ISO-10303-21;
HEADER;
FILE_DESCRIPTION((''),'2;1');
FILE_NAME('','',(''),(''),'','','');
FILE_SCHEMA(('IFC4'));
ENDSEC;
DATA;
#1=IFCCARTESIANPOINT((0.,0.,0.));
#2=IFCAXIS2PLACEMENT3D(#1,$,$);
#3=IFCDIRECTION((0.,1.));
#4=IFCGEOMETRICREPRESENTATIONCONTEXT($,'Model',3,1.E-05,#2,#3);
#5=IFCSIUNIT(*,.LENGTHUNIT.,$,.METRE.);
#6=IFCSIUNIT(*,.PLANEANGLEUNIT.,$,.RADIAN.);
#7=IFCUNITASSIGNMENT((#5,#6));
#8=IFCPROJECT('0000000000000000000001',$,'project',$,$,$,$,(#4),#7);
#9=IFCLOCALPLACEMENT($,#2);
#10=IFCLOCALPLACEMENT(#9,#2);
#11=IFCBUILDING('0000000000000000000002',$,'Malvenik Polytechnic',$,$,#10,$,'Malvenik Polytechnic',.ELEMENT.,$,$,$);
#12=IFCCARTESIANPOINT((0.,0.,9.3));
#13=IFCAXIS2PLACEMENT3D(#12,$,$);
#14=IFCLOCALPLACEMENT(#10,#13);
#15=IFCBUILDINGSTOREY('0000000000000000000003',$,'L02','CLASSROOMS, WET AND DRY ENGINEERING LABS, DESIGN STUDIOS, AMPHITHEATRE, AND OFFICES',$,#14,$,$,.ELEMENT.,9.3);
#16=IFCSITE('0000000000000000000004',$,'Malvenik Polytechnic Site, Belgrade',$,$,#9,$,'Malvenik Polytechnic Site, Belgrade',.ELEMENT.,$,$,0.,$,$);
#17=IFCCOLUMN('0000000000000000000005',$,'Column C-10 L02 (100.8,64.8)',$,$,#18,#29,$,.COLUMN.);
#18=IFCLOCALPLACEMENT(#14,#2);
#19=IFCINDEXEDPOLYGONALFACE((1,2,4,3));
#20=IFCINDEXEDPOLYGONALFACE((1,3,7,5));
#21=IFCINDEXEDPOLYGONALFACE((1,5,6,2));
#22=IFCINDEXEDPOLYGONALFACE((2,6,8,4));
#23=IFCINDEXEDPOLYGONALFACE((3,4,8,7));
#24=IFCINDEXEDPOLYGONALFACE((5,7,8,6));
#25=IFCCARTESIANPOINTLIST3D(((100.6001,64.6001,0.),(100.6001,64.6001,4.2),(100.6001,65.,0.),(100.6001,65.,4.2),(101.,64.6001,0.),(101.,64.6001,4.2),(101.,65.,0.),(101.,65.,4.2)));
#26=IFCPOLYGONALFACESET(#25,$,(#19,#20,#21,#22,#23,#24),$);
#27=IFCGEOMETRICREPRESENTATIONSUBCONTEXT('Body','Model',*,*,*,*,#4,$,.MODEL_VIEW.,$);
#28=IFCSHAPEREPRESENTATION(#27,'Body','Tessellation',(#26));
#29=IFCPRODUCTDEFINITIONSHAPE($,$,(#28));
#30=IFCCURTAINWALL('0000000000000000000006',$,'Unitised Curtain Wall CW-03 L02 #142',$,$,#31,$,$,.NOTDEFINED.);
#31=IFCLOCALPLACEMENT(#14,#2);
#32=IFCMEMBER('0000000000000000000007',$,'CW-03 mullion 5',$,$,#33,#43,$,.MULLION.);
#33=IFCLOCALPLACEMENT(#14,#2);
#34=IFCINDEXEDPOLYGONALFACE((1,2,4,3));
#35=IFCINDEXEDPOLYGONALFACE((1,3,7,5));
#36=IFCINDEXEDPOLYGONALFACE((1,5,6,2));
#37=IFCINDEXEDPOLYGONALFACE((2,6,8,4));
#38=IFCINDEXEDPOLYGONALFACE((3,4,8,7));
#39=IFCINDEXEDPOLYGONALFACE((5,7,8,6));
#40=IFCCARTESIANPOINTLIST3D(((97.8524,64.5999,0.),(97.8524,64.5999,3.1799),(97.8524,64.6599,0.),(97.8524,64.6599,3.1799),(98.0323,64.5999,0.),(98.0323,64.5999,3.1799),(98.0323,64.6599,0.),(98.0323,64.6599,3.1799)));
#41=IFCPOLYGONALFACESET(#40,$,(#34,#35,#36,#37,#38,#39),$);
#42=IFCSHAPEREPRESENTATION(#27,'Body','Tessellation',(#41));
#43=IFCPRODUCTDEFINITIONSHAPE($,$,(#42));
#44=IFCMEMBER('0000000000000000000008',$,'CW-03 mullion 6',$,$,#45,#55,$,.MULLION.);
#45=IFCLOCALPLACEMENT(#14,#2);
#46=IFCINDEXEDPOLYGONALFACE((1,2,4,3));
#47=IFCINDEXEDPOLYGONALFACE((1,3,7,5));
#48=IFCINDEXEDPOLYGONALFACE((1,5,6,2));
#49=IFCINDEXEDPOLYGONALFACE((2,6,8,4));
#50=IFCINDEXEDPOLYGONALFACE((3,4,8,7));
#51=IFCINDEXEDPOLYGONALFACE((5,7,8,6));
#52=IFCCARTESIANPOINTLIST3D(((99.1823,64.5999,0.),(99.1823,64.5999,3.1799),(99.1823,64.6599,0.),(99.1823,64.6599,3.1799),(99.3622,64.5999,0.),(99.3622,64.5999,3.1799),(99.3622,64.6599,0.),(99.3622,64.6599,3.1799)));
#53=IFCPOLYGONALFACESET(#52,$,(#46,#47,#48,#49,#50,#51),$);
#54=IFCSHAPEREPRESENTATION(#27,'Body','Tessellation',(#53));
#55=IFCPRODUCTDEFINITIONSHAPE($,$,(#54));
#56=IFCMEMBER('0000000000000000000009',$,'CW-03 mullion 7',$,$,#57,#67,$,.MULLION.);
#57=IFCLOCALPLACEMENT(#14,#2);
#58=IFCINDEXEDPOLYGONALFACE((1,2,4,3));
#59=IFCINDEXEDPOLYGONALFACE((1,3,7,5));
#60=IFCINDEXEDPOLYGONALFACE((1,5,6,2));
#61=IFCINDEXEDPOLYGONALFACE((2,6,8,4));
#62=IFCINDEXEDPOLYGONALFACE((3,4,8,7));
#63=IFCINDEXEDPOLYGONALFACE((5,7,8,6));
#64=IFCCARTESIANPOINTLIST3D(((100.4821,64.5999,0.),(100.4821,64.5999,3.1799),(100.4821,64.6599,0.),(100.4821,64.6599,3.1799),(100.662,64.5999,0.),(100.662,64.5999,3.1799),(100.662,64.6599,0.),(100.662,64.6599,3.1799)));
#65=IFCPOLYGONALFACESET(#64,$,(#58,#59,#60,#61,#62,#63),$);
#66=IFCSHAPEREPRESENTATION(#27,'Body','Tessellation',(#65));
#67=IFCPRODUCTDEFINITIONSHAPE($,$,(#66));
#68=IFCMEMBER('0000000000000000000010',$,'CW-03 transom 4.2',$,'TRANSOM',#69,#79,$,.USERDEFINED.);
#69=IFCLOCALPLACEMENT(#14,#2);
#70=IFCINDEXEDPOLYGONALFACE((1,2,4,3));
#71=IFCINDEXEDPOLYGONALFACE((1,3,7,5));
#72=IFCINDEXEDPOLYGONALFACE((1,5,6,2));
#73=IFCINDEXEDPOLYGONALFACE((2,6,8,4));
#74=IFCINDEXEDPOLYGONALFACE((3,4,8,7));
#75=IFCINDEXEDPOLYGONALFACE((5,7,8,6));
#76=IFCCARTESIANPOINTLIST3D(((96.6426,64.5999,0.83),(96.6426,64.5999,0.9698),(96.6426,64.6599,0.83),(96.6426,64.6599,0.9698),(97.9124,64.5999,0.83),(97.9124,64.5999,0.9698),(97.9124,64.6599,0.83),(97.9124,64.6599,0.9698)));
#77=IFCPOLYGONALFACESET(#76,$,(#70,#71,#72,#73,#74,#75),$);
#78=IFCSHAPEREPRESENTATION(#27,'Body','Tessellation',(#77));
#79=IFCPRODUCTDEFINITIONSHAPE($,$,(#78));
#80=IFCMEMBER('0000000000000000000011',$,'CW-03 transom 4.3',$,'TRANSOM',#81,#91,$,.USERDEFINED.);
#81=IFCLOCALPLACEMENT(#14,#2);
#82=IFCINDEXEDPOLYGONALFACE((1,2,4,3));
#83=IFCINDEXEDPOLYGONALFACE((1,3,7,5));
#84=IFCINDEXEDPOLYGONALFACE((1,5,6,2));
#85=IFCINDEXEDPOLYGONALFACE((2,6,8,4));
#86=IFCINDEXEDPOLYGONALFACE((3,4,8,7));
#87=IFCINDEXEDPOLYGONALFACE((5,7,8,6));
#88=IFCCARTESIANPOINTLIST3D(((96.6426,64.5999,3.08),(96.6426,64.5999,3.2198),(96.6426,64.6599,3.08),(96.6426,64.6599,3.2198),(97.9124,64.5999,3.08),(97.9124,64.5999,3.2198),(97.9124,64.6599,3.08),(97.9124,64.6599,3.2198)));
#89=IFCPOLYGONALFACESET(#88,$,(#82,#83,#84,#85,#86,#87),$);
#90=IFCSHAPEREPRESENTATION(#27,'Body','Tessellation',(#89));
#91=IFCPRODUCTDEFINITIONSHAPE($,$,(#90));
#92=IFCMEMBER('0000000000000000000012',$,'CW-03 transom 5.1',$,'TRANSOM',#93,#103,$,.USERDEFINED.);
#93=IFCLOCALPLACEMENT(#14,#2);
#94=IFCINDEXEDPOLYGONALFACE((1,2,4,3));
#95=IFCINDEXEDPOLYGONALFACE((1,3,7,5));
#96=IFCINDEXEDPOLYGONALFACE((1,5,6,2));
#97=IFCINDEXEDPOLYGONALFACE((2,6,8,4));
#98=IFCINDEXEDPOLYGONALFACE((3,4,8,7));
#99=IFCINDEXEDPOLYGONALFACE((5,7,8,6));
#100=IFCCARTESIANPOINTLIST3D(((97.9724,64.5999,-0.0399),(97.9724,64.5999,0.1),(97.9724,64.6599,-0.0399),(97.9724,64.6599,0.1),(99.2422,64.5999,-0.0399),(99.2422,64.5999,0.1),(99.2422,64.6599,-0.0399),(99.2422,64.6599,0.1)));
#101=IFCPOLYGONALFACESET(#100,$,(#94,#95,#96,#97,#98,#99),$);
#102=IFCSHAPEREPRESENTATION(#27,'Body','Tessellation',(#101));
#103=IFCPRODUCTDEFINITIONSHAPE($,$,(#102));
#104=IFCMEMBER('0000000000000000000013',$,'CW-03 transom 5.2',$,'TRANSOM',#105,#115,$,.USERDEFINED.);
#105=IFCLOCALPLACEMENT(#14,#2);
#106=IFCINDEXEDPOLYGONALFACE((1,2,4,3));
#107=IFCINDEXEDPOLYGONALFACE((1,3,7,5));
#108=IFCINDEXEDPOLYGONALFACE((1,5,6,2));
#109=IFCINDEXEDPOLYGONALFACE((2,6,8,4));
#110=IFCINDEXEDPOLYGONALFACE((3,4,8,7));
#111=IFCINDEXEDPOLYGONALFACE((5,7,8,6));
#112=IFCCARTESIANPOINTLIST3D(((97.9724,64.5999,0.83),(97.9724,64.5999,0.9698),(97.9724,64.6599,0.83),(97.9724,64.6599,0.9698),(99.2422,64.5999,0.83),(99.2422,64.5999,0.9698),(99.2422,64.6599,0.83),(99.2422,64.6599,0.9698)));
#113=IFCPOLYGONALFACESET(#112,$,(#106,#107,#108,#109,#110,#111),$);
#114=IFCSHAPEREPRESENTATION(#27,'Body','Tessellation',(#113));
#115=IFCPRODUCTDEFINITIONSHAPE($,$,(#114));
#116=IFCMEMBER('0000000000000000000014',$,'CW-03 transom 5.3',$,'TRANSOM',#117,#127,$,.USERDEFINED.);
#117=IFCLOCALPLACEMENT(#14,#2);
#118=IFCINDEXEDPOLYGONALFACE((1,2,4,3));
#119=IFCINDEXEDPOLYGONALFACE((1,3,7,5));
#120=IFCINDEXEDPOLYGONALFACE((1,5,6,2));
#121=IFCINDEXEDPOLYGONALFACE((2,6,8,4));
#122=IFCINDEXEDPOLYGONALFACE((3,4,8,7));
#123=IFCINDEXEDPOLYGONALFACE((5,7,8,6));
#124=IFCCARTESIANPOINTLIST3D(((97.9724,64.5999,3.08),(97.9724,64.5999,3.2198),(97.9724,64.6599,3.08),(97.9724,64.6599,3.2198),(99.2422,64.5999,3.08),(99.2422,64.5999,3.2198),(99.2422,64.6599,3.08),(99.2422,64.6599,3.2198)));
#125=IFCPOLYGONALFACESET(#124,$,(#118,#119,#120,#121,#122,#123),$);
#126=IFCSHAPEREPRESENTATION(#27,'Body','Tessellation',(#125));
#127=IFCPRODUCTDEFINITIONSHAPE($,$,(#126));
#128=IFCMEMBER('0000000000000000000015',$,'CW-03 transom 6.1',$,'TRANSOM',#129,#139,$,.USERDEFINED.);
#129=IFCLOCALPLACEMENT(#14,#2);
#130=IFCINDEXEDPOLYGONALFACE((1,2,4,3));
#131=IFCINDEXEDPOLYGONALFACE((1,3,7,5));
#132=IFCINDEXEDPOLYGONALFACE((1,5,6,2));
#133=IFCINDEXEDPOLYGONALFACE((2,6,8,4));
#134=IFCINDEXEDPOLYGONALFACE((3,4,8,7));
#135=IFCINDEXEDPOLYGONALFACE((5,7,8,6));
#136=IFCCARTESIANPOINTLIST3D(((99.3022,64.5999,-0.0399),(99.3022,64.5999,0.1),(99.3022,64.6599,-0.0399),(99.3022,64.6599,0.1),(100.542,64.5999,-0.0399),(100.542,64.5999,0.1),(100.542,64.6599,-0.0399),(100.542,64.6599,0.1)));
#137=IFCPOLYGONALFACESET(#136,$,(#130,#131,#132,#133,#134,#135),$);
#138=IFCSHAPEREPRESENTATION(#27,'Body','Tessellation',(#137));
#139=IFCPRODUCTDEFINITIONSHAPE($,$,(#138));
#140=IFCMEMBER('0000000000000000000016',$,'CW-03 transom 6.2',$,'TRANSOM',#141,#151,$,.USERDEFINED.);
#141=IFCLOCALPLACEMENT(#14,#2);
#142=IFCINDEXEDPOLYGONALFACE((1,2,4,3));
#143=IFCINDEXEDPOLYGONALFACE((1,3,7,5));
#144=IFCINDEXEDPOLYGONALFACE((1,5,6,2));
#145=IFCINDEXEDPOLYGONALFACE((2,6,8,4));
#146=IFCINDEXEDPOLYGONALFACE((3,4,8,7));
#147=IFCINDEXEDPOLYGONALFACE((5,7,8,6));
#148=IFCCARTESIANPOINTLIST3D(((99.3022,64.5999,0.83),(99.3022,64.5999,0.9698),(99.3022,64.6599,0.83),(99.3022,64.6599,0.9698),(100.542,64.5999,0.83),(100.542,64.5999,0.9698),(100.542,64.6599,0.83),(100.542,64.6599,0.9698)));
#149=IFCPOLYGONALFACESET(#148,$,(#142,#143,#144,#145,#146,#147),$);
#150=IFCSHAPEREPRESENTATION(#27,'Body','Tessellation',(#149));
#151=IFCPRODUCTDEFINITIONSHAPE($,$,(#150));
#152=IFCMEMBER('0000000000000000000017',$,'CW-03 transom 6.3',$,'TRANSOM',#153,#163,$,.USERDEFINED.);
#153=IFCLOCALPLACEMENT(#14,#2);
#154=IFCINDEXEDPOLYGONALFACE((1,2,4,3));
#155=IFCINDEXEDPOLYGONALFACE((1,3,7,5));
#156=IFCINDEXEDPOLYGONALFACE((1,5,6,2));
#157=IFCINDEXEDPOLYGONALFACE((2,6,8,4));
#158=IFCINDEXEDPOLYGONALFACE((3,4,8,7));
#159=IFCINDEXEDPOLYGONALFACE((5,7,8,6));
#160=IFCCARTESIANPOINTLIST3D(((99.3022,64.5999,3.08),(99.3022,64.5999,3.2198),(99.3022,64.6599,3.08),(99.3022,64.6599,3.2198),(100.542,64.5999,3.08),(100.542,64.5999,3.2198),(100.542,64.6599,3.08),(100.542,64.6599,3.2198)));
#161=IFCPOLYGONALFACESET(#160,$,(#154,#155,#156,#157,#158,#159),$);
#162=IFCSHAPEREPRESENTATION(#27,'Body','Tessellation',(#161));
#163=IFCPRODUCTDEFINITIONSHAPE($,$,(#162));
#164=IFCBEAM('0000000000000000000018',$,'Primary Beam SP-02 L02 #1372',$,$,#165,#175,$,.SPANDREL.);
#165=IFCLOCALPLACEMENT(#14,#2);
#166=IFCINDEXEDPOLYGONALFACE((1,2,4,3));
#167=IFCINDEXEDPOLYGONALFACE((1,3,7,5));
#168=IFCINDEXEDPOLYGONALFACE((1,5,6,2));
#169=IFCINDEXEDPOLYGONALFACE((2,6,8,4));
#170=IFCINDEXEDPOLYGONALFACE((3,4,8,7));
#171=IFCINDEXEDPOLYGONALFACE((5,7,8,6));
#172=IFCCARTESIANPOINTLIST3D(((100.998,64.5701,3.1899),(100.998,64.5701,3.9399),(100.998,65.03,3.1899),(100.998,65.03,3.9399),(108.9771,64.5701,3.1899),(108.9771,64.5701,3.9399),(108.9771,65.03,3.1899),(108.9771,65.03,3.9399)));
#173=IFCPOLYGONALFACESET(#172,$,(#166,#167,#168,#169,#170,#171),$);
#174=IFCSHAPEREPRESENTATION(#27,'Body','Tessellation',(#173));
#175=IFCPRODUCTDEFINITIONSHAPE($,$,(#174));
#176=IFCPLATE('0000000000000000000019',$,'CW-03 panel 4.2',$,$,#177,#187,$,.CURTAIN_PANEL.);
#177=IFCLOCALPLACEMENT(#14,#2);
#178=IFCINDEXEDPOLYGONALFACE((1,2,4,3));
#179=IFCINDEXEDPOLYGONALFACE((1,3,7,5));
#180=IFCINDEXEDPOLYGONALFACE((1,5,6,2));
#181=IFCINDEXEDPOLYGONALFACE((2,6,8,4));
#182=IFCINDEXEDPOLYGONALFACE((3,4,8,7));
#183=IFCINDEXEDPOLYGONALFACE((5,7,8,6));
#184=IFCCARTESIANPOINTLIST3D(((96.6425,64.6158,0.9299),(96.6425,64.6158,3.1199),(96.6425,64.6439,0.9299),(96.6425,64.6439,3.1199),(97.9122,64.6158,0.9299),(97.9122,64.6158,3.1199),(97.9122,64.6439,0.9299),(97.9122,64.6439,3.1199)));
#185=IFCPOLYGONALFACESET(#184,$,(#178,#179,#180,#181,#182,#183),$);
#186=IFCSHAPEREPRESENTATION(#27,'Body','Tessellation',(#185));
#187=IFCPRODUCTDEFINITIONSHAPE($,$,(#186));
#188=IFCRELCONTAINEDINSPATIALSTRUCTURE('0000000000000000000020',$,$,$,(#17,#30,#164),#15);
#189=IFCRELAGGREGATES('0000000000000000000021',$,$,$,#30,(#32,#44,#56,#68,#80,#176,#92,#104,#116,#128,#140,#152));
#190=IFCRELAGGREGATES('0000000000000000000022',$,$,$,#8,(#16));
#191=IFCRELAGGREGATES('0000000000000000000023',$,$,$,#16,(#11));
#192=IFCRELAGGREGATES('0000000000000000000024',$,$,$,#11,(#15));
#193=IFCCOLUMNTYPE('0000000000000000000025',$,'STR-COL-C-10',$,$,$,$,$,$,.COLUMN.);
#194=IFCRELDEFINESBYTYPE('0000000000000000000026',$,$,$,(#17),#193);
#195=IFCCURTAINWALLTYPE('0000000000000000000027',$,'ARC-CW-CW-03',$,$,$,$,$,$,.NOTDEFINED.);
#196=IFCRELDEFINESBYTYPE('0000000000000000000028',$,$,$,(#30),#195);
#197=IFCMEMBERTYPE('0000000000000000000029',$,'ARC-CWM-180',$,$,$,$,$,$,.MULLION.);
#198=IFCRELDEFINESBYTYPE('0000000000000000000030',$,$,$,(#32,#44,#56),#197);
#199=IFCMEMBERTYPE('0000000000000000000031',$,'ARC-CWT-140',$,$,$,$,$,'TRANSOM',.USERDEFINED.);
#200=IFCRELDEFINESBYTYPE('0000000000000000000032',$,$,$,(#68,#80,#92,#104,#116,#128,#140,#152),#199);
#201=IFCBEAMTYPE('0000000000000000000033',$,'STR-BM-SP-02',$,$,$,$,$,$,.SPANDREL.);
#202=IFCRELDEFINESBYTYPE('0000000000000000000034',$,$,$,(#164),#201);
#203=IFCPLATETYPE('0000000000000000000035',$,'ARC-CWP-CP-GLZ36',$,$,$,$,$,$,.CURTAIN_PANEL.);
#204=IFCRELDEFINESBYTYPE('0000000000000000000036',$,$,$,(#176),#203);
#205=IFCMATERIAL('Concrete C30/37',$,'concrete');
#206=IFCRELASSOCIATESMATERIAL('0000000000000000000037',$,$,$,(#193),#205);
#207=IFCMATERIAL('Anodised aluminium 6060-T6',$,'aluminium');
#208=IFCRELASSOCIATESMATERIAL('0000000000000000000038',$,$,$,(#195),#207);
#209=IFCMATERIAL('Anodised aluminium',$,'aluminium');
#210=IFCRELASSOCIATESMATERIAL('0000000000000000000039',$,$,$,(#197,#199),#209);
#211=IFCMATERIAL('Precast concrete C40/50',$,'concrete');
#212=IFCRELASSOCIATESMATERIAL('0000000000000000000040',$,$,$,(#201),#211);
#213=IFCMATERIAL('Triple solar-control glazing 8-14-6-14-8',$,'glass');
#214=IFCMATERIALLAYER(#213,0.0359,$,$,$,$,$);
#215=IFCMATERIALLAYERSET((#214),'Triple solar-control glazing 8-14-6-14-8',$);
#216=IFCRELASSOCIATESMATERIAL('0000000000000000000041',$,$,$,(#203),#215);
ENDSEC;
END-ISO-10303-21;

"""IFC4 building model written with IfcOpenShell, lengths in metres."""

from ifc_helpers import new_model, si_unit, direction, frame, origin, origin_2d, place, context, subcontext, project, spatial, rectangle, extrude, material, layer, layer_set, material_profile, profile_set, type_object, element, aggregate, save


model = new_model("IFC4")

# Units and contexts
model_context = context("Model", 3, precision=1e-05, world=origin(), true_north=direction((0.0, 1.0)))
body_context = subcontext(model_context, "Body", "Model", "MODEL_VIEW")
ifc_project = project(units=[si_unit("LENGTHUNIT", "METRE"), si_unit("PLANEANGLEUNIT", "RADIAN")], contexts=[model_context])

# Site, building, storey
site_placement = place(None, origin())
site = spatial("IfcSite", under=ifc_project, at=site_placement, Name="Malvenik Polytechnic Site, Belgrade", LongName="Malvenik Polytechnic Site, Belgrade", CompositionType="ELEMENT", RefElevation=0.0)
building_placement = place(site_placement, origin())
building = spatial("IfcBuilding", under=site, at=building_placement, Name="Malvenik Polytechnic", LongName="Malvenik Polytechnic", CompositionType="ELEMENT")
storey_placement = place(building_placement, frame((0.0, 0.0, 9.3)))
storey = spatial("IfcBuildingStorey", under=building, at=storey_placement, Name="L02", Description="CLASSROOMS, WET AND DRY ENGINEERING LABS, DESIGN STUDIOS, AMPHITHEATRE, AND OFFICES", CompositionType="ELEMENT", Elevation=9.3)

# Column
ifc_material_1 = material(Name="Concrete C30/37", Category="concrete")
ifc_material_profile_1 = material_profile(ifc_material_1, rectangle(XDim=0.3999, YDim=0.3999, at=origin_2d()), Name="RC COL 400x400")
ifc_profile_set_1 = profile_set([ifc_material_profile_1], Name="Concrete C30/37")
column_type = type_object("IfcColumnType", Name="STR-COL-C-10", PredefinedType="COLUMN", material=ifc_profile_set_1)
column_placement = place(storey_placement, frame((100.8, 64.8, 0.0), z_axis=(0.0, 0.0, 1.0), x_axis=(1.0, 0.0, 0.0)))
element("IfcColumn", 1, at=column_placement, inside=storey, type_object=column_type, Name="Column C-10 L02 (100.8,64.8)", PredefinedType="COLUMN", context=body_context, shape_type="SweptSolid", body=[
    extrude(rectangle(XDim=0.3999, YDim=0.3999, at=origin_2d()), origin(), (0.0, 0.0, 1.0), 4.2),
])

# Curtain wall, members
ifc_material_2 = material(Name="Anodised aluminium 6060-T6", Category="aluminium")
curtain_wall_type = type_object("IfcCurtainWallType", Name="ARC-CW-CW-03", PredefinedType="NOTDEFINED", material=ifc_material_2)
curtain_wall_placement = place(storey_placement, origin())
curtain_wall = element("IfcCurtainWall", 2, at=curtain_wall_placement, inside=storey, type_object=curtain_wall_type, Name="Unitised Curtain Wall CW-03 L02 #142", PredefinedType="NOTDEFINED")
ifc_material_3 = material(Name="Anodised aluminium", Category="aluminium")
ifc_material_profile_2 = material_profile(ifc_material_3, rectangle(XDim=0.0601, YDim=0.1799, at=origin_2d()), Name="ALU MULLION 60x180")
ifc_profile_set_2 = profile_set([ifc_material_profile_2], Name="Anodised aluminium")
member_type_1 = type_object("IfcMemberType", Name="ARC-CWM-180", PredefinedType="MULLION", material=ifc_profile_set_2)
member_1_placement = place(storey_placement, frame((97.9424, 64.6299, 0.0), z_axis=(0.0, 0.0, 1.0), x_axis=(0.0, 1.0, 0.0)))
member_1 = element("IfcMember", 3, at=member_1_placement, type_object=member_type_1, Name="CW-03 mullion 5", PredefinedType="MULLION", context=body_context, shape_type="SweptSolid", body=[
    extrude(rectangle(XDim=0.0601, YDim=0.1799, at=origin_2d()), origin(), (0.0, 0.0, 1.0), 3.1799),
])
member_2_placement = place(storey_placement, frame((99.2722, 64.6299, 0.0), z_axis=(0.0, 0.0, 1.0), x_axis=(0.0, 1.0, 0.0)))
member_2 = element("IfcMember", 4, at=member_2_placement, type_object=member_type_1, Name="CW-03 mullion 6", PredefinedType="MULLION", context=body_context, shape_type="SweptSolid", body=[
    extrude(rectangle(XDim=0.0601, YDim=0.1799, at=origin_2d()), origin(), (0.0, 0.0, 1.0), 3.1799),
])
member_3_placement = place(storey_placement, frame((100.572, 64.6299, 0.0), z_axis=(0.0, 0.0, 1.0), x_axis=(0.0, 1.0, 0.0)))
member_3 = element("IfcMember", 5, at=member_3_placement, type_object=member_type_1, Name="CW-03 mullion 7", PredefinedType="MULLION", context=body_context, shape_type="SweptSolid", body=[
    extrude(rectangle(XDim=0.0601, YDim=0.1799, at=origin_2d()), origin(), (0.0, 0.0, 1.0), 3.1799),
])
ifc_material_profile_3 = material_profile(ifc_material_3, rectangle(XDim=0.0601, YDim=0.1399, at=origin_2d()), Name="ALU TRANSOM 60x140")
ifc_profile_set_3 = profile_set([ifc_material_profile_3], Name="Anodised aluminium")
member_type_2 = type_object("IfcMemberType", Name="ARC-CWT-140", ElementType="TRANSOM", PredefinedType="USERDEFINED", material=ifc_profile_set_3)
member_4_placement = place(storey_placement, frame((96.6426, 64.6299, 0.8999), z_axis=(1.0, 0.0, 0.0), x_axis=(0.0, 1.0, 0.0)))
member_4 = element("IfcMember", 6, at=member_4_placement, type_object=member_type_2, Name="CW-03 transom 4.2", ObjectType="TRANSOM", PredefinedType="USERDEFINED", context=body_context, shape_type="SweptSolid", body=[
    extrude(rectangle(XDim=0.0601, YDim=0.1399, at=origin_2d()), origin(), (0.0, 0.0, 1.0), 1.2698),
])
member_5_placement = place(storey_placement, frame((96.6426, 64.6299, 3.1499), z_axis=(1.0, 0.0, 0.0), x_axis=(0.0, 1.0, 0.0)))
member_5 = element("IfcMember", 7, at=member_5_placement, type_object=member_type_2, Name="CW-03 transom 4.3", ObjectType="TRANSOM", PredefinedType="USERDEFINED", context=body_context, shape_type="SweptSolid", body=[
    extrude(rectangle(XDim=0.0601, YDim=0.1399, at=origin_2d()), origin(), (0.0, 0.0, 1.0), 1.2698),
])
member_6_placement = place(storey_placement, frame((97.9724, 64.6299, 0.03), z_axis=(1.0, 0.0, 0.0), x_axis=(0.0, 1.0, 0.0)))
member_6 = element("IfcMember", 8, at=member_6_placement, type_object=member_type_2, Name="CW-03 transom 5.1", ObjectType="TRANSOM", PredefinedType="USERDEFINED", context=body_context, shape_type="SweptSolid", body=[
    extrude(rectangle(XDim=0.0601, YDim=0.1399, at=origin_2d()), origin(), (0.0, 0.0, 1.0), 1.2698),
])
member_7_placement = place(storey_placement, frame((97.9724, 64.6299, 0.8999), z_axis=(1.0, 0.0, 0.0), x_axis=(0.0, 1.0, 0.0)))
member_7 = element("IfcMember", 9, at=member_7_placement, type_object=member_type_2, Name="CW-03 transom 5.2", ObjectType="TRANSOM", PredefinedType="USERDEFINED", context=body_context, shape_type="SweptSolid", body=[
    extrude(rectangle(XDim=0.0601, YDim=0.1399, at=origin_2d()), origin(), (0.0, 0.0, 1.0), 1.2698),
])
member_8_placement = place(storey_placement, frame((97.9724, 64.6299, 3.1499), z_axis=(1.0, 0.0, 0.0), x_axis=(0.0, 1.0, 0.0)))
member_8 = element("IfcMember", 10, at=member_8_placement, type_object=member_type_2, Name="CW-03 transom 5.3", ObjectType="TRANSOM", PredefinedType="USERDEFINED", context=body_context, shape_type="SweptSolid", body=[
    extrude(rectangle(XDim=0.0601, YDim=0.1399, at=origin_2d()), origin(), (0.0, 0.0, 1.0), 1.2698),
])
member_9_placement = place(storey_placement, frame((99.3022, 64.6299, 0.03), z_axis=(1.0, 0.0, 0.0), x_axis=(0.0, 1.0, 0.0)))
member_9 = element("IfcMember", 11, at=member_9_placement, type_object=member_type_2, Name="CW-03 transom 6.1", ObjectType="TRANSOM", PredefinedType="USERDEFINED", context=body_context, shape_type="SweptSolid", body=[
    extrude(rectangle(XDim=0.0601, YDim=0.1399, at=origin_2d()), origin(), (0.0, 0.0, 1.0), 1.2397),
])
member_10_placement = place(storey_placement, frame((99.3022, 64.6299, 0.8999), z_axis=(1.0, 0.0, 0.0), x_axis=(0.0, 1.0, 0.0)))
member_10 = element("IfcMember", 12, at=member_10_placement, type_object=member_type_2, Name="CW-03 transom 6.2", ObjectType="TRANSOM", PredefinedType="USERDEFINED", context=body_context, shape_type="SweptSolid", body=[
    extrude(rectangle(XDim=0.0601, YDim=0.1399, at=origin_2d()), origin(), (0.0, 0.0, 1.0), 1.2397),
])
member_11_placement = place(storey_placement, frame((99.3022, 64.6299, 3.1499), z_axis=(1.0, 0.0, 0.0), x_axis=(0.0, 1.0, 0.0)))
member_11 = element("IfcMember", 13, at=member_11_placement, type_object=member_type_2, Name="CW-03 transom 6.3", ObjectType="TRANSOM", PredefinedType="USERDEFINED", context=body_context, shape_type="SweptSolid", body=[
    extrude(rectangle(XDim=0.0601, YDim=0.1399, at=origin_2d()), origin(), (0.0, 0.0, 1.0), 1.2397),
])

# Beam
ifc_material_4 = material(Name="Precast concrete C40/50", Category="concrete")
ifc_material_profile_4 = material_profile(ifc_material_4, rectangle(XDim=0.46, YDim=0.75, at=origin_2d()), Name="PC SPN 460x750")
ifc_profile_set_4 = profile_set([ifc_material_profile_4], Name="Precast concrete C40/50")
beam_type = type_object("IfcBeamType", Name="STR-BM-SP-02", PredefinedType="SPANDREL", material=ifc_profile_set_4)
beam_placement = place(storey_placement, frame((100.998, 64.8, 3.5649), z_axis=(1.0, 0.0, 0.0), x_axis=(0.0, 1.0, 0.0)))
element("IfcBeam", 14, at=beam_placement, inside=storey, type_object=beam_type, Name="Primary Beam SP-02 L02 #1372", PredefinedType="SPANDREL", context=body_context, shape_type="SweptSolid", body=[
    extrude(rectangle(XDim=0.46, YDim=0.75, at=origin_2d()), origin(), (0.0, 0.0, 1.0), 7.979),
])

# Plate
ifc_material_5 = material(Name="Triple solar-control glazing 8-14-6-14-8", Category="glass")
ifc_layer_1 = layer(ifc_material_5, 0.0359)
ifc_layer_set_1 = layer_set([ifc_layer_1], Name="Triple solar-control glazing 8-14-6-14-8")
plate_type_1 = type_object("IfcPlateType", Name="ARC-CWP-CP-GLZ36", PredefinedType="CURTAIN_PANEL", material=ifc_layer_set_1)
plate_1_placement = place(storey_placement, frame((97.2773, 64.6299, 0.9299), z_axis=(0.0, 0.0, 1.0), x_axis=(1.0, 0.0, 0.0)))
plate_1 = element("IfcPlate", 15, at=plate_1_placement, type_object=plate_type_1, Name="CW-03 panel 4.2", PredefinedType="CURTAIN_PANEL", context=body_context, shape_type="SweptSolid", body=[
    extrude(rectangle(XDim=1.2698, YDim=0.0281, at=origin_2d()), origin(), (0.0, 0.0, 1.0), 2.1899),
])
aggregate(curtain_wall, [member_1, member_2, member_3, member_4, member_5, plate_1, member_6, member_7, member_8, member_9, member_10, member_11])

save(model, "model.ifc")
